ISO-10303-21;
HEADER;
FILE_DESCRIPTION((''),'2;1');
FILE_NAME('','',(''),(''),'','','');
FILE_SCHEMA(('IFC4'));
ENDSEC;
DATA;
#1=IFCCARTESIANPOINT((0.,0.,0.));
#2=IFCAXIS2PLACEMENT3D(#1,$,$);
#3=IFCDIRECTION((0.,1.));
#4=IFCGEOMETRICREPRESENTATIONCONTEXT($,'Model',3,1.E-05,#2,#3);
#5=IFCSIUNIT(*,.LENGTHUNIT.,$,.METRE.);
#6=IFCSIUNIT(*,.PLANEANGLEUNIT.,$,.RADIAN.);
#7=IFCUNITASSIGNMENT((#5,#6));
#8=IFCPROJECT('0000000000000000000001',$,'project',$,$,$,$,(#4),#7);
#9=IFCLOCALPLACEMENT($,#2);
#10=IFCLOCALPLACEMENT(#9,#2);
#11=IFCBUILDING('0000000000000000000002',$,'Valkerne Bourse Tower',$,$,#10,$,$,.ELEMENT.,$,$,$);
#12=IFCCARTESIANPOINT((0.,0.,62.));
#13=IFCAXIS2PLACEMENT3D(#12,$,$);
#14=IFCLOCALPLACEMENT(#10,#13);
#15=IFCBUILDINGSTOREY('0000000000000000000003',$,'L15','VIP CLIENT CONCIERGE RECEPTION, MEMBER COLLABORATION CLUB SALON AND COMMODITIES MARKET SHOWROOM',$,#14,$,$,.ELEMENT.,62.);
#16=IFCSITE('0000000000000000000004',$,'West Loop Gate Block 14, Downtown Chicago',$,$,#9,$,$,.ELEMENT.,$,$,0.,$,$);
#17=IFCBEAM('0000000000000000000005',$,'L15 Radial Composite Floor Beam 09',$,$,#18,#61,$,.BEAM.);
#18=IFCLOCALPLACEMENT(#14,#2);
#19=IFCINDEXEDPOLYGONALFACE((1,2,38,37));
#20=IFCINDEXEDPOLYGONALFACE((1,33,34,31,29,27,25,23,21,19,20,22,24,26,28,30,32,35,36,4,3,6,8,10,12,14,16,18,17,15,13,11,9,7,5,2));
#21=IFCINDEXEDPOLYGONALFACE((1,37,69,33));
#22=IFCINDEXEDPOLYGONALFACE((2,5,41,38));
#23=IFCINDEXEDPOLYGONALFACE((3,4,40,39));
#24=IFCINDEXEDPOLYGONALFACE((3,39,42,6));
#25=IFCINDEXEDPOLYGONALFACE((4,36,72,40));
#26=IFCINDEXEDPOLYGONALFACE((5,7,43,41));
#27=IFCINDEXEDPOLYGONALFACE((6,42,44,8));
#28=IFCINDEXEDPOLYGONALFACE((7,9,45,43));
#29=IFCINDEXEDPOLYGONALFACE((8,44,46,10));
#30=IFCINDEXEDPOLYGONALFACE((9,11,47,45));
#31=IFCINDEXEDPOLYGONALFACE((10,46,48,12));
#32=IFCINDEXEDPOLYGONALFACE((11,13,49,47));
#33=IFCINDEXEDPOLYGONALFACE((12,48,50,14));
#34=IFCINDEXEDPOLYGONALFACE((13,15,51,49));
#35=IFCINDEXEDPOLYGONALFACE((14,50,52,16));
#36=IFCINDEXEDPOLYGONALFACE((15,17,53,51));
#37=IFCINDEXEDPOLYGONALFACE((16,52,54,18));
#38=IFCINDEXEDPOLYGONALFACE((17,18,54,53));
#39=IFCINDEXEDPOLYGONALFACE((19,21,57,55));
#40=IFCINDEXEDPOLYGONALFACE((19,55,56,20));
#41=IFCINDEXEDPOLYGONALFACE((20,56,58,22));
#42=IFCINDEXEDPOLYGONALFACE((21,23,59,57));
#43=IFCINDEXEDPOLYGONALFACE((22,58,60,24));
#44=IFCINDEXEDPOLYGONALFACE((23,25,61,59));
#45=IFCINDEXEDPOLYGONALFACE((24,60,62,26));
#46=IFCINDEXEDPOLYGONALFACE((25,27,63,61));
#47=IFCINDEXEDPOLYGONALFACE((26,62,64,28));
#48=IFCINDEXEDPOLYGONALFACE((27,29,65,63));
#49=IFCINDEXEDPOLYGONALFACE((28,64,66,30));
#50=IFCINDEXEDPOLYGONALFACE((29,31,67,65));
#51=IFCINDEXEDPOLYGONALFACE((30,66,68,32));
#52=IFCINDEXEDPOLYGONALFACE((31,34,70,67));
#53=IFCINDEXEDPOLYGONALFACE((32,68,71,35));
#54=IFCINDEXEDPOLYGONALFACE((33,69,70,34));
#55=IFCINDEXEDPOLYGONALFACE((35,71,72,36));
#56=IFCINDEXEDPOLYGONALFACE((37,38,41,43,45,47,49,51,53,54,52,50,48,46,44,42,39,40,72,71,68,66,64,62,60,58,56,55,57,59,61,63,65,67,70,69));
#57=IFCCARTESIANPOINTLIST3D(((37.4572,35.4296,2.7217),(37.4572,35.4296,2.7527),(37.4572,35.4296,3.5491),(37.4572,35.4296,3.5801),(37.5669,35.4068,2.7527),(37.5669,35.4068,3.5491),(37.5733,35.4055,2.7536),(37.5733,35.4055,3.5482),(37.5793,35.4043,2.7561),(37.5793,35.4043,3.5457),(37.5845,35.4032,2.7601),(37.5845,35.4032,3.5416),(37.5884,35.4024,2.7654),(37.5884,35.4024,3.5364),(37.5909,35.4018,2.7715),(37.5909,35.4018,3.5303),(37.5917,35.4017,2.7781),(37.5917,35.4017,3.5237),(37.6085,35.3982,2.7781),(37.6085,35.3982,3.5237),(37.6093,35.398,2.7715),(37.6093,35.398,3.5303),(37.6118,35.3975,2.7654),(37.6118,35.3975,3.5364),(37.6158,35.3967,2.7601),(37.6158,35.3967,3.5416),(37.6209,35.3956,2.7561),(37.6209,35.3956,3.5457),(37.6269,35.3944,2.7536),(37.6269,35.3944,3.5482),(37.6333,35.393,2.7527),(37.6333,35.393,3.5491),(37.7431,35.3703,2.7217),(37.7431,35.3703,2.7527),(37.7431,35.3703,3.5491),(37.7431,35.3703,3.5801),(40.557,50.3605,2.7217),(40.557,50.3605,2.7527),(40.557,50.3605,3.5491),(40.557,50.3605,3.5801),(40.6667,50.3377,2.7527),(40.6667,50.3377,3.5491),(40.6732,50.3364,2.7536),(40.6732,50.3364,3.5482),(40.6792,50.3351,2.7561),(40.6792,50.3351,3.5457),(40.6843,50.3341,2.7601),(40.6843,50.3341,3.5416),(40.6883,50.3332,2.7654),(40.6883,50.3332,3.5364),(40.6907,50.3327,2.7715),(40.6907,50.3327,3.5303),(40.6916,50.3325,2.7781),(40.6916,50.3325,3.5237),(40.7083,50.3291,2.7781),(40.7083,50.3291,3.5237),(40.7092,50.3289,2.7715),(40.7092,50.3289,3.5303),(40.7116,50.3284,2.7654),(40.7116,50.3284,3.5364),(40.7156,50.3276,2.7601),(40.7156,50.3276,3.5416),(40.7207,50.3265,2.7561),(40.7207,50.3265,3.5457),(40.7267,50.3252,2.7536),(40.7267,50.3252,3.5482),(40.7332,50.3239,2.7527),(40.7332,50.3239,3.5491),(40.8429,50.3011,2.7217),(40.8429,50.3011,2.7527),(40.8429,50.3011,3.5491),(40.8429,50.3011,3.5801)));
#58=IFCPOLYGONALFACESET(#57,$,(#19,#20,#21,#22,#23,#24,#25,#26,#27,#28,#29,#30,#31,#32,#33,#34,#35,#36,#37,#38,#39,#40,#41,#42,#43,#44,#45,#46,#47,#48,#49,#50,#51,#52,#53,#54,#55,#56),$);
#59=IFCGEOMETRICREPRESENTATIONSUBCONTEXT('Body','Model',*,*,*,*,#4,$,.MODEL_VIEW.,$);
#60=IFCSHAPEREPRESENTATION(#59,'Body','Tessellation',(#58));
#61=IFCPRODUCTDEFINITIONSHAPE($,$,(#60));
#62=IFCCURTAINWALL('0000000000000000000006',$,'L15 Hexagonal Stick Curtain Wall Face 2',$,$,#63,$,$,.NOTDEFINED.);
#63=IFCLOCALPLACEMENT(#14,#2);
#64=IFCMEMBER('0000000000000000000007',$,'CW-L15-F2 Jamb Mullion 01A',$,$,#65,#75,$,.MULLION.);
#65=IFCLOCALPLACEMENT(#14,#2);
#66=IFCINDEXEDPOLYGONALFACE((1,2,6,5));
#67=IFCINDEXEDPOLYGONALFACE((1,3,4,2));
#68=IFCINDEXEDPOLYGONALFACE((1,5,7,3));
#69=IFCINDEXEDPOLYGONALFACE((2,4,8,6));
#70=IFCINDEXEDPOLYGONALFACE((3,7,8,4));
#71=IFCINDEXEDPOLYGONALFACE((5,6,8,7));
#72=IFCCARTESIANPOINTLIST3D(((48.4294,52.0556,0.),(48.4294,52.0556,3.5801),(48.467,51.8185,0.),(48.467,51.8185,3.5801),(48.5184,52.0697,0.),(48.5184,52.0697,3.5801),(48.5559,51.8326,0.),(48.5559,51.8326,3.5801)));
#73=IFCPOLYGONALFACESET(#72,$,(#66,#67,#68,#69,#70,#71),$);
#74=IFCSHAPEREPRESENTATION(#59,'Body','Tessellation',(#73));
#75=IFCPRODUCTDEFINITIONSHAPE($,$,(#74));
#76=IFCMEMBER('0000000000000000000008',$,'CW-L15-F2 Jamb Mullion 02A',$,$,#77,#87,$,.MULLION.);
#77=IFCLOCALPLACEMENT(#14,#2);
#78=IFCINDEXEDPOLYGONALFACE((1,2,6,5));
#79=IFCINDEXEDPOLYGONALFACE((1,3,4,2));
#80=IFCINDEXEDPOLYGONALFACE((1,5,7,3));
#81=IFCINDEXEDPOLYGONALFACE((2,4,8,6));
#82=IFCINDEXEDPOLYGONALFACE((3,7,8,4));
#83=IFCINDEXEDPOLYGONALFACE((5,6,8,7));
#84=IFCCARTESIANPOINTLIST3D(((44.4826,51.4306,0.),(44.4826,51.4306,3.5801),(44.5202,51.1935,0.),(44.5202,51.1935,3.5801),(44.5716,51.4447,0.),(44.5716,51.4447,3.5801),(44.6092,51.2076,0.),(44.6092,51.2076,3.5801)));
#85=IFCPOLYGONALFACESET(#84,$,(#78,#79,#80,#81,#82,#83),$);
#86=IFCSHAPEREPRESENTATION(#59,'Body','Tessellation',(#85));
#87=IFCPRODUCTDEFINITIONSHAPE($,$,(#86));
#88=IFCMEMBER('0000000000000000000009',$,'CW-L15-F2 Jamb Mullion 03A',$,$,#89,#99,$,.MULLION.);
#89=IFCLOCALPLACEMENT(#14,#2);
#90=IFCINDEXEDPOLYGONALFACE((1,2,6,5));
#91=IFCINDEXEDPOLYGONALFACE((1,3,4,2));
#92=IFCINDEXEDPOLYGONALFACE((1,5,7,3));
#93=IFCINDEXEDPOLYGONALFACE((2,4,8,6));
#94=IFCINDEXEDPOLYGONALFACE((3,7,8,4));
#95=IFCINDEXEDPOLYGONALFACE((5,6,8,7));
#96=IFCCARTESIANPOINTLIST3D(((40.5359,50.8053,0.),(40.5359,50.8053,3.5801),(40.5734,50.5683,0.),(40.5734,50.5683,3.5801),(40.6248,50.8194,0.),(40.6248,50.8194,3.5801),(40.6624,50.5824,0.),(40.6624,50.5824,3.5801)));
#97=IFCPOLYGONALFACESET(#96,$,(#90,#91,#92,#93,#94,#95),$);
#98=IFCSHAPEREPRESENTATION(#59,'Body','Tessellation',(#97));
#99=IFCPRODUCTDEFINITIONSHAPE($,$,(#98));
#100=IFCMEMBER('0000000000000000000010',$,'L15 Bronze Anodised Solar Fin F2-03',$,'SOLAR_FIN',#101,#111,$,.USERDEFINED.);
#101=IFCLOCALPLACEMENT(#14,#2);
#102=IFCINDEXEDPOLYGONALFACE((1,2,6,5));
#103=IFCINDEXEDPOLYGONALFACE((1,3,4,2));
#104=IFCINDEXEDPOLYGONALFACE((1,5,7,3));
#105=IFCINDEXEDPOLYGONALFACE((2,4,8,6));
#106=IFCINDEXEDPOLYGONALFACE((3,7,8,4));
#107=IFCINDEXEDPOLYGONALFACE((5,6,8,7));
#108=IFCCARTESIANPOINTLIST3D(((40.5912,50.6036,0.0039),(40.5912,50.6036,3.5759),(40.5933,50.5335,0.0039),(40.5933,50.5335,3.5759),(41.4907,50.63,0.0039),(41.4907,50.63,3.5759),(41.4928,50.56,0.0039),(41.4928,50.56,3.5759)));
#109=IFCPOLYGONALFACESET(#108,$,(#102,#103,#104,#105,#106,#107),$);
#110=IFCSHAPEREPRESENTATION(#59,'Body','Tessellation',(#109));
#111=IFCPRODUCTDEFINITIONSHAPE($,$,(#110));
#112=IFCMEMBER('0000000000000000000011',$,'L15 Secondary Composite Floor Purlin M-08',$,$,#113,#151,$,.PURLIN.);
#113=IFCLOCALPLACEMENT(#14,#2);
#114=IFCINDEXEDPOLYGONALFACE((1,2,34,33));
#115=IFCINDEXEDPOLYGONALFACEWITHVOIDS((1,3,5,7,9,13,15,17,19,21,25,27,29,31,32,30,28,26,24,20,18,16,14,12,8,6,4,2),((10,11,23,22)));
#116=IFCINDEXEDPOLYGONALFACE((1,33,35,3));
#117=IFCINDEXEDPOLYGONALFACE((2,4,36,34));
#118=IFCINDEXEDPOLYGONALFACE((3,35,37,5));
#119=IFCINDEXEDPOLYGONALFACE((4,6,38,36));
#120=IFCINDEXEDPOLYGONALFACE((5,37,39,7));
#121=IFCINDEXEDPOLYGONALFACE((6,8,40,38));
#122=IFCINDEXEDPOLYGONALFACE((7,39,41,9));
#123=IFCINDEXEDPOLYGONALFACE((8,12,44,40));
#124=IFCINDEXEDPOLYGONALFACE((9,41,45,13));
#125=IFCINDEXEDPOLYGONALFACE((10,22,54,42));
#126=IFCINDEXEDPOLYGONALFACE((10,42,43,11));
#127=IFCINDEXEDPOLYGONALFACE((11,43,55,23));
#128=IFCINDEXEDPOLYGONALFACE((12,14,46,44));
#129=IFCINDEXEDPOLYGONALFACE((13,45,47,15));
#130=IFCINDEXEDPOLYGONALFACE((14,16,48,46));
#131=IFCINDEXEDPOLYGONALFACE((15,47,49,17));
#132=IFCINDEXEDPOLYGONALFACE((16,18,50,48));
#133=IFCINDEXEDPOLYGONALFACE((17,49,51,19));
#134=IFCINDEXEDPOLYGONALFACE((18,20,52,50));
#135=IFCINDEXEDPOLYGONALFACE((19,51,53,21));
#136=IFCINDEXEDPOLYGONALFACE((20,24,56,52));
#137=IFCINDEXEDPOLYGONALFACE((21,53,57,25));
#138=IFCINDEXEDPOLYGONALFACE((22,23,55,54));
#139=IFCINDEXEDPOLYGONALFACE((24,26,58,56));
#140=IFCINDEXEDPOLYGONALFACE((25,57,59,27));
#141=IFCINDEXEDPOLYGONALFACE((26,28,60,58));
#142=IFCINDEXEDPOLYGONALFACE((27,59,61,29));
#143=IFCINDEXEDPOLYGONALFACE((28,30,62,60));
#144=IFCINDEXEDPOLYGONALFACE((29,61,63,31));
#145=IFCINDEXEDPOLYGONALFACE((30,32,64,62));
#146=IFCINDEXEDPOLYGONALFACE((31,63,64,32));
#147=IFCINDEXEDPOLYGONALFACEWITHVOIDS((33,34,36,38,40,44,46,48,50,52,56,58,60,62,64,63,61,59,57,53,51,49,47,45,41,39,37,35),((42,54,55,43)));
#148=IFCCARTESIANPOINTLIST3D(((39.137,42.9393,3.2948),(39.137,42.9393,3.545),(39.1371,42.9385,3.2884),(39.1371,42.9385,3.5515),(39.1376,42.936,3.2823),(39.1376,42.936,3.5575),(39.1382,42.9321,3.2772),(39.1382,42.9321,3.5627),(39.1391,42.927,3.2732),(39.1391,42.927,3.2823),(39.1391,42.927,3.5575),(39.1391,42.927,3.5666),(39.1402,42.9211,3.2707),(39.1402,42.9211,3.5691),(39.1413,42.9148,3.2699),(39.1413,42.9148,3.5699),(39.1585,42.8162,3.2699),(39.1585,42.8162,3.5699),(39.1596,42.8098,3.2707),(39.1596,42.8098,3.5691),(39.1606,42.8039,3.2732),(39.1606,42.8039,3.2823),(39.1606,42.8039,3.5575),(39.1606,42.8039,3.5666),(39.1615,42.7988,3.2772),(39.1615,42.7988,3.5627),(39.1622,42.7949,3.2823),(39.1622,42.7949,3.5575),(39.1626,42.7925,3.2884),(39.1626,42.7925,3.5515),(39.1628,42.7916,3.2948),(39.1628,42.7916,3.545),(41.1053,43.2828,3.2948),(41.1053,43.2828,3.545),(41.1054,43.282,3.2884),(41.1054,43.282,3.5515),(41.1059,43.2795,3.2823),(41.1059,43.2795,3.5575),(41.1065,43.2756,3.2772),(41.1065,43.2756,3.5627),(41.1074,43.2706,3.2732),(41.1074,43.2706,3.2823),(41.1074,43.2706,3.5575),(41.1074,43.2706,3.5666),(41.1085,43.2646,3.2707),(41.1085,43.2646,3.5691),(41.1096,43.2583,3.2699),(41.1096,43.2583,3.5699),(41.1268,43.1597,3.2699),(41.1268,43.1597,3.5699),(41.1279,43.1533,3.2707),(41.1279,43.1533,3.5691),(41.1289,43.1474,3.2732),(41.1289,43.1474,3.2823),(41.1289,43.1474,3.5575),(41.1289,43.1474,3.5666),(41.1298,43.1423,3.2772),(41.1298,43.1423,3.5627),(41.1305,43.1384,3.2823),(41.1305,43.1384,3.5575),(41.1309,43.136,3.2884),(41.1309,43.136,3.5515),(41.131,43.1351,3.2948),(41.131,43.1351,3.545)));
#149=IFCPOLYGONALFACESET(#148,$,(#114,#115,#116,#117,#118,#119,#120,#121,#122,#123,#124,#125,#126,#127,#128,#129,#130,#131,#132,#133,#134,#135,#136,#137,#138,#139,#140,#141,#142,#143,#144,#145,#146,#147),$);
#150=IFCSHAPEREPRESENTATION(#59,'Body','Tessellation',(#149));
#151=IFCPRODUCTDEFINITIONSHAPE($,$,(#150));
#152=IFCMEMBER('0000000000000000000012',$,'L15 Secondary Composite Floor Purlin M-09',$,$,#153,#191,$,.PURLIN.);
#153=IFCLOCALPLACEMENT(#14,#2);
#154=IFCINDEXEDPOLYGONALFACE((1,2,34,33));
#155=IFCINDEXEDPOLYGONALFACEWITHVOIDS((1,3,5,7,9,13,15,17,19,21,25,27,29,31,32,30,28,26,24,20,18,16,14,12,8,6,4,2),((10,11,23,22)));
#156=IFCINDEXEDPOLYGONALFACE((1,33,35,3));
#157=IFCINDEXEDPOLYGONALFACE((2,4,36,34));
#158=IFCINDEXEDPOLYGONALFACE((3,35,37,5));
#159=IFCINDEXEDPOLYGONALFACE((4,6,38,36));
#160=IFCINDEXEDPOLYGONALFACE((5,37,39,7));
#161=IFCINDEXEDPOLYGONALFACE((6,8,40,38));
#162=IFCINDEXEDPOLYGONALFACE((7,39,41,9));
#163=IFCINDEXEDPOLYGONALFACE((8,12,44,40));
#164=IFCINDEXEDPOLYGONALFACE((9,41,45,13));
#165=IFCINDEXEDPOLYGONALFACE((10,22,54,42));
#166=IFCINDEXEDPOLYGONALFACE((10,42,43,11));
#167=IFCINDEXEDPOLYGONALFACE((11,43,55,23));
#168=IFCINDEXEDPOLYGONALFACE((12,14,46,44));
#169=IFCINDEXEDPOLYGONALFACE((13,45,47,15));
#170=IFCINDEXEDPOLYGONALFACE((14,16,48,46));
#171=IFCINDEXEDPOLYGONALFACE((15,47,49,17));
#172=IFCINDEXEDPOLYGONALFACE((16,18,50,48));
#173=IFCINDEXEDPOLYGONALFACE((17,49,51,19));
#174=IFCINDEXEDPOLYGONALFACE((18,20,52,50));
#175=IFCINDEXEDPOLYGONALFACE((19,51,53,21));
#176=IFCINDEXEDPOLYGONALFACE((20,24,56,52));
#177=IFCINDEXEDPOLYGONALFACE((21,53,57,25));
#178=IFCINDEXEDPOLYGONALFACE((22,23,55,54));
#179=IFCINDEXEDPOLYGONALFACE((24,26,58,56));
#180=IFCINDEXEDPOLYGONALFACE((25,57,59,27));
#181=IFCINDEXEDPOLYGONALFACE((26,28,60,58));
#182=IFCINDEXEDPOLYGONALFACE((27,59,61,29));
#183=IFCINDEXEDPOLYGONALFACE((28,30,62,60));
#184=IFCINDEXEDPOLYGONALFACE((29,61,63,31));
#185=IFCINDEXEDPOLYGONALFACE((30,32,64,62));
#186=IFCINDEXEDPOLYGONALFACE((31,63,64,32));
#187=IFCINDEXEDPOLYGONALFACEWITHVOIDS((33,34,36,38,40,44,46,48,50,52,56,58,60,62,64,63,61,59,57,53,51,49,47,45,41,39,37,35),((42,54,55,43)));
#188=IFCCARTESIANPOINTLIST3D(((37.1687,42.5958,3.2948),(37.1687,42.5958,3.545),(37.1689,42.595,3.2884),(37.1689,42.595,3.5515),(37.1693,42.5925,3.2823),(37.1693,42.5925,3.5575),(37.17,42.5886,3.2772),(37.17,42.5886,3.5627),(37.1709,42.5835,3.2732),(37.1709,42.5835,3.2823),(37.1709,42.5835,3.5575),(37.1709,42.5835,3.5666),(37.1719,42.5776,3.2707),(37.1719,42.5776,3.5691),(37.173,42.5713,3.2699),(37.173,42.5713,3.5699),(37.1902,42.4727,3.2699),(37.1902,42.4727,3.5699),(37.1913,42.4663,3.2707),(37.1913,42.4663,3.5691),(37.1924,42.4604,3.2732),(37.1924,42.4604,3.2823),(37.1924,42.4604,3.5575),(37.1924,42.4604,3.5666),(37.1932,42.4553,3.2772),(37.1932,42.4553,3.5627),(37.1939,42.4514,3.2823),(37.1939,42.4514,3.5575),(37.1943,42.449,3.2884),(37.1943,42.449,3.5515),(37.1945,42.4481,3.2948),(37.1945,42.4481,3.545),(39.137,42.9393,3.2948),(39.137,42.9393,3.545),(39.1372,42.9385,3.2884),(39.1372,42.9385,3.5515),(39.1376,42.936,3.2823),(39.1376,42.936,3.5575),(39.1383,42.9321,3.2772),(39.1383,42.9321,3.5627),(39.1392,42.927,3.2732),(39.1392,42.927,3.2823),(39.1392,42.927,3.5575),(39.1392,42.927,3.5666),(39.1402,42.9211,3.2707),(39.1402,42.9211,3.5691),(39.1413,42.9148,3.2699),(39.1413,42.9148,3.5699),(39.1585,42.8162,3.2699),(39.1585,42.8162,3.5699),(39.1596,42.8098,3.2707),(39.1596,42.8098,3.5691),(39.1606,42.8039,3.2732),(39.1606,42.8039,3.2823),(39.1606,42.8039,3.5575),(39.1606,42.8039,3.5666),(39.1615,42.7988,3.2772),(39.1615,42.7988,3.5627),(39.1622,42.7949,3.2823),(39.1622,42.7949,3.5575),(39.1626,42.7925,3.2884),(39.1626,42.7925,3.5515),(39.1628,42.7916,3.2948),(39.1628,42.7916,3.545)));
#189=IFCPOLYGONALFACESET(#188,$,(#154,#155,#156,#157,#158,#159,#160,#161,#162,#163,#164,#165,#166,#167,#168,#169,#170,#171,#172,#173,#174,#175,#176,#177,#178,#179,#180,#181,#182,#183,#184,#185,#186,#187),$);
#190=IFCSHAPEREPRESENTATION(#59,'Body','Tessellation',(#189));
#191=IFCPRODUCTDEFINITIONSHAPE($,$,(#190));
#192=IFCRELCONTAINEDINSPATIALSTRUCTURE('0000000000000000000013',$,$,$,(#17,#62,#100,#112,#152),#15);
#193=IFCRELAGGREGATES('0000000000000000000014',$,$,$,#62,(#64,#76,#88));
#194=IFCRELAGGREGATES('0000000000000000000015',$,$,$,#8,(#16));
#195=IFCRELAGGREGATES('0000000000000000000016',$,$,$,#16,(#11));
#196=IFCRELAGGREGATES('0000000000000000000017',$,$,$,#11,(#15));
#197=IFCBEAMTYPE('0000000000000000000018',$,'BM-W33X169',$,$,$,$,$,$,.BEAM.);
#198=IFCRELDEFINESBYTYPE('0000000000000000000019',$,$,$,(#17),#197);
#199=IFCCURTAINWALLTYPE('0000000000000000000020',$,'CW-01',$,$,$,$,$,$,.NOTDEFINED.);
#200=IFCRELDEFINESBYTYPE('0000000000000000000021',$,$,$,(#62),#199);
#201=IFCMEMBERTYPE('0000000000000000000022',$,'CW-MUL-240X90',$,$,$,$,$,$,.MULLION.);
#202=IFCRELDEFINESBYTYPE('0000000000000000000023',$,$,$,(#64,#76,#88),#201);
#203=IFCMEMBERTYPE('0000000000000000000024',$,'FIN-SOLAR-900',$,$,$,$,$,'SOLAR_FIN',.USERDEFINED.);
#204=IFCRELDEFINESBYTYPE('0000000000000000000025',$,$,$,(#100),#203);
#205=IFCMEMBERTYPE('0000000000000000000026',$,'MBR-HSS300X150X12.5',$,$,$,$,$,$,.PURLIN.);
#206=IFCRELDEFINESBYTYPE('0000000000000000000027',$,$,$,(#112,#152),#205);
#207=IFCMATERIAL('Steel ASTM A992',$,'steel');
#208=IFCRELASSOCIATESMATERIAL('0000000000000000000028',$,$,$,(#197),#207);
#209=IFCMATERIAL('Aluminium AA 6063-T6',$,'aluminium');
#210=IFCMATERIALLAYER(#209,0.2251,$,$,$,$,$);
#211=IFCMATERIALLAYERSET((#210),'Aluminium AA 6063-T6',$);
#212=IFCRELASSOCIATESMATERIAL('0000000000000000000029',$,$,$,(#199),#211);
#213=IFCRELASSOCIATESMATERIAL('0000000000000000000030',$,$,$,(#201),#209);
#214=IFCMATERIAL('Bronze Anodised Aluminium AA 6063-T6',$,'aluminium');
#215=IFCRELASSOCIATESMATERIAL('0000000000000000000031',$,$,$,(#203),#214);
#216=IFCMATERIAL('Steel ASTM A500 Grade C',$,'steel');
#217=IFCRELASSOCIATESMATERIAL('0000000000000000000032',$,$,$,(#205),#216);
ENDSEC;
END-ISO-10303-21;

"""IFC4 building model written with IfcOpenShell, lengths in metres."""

from ifc_helpers import new_model, si_unit, direction, frame, origin, origin_2d, place, context, subcontext, project, spatial, rectangle, hollow_rectangle, i_section, extrude, material, layer, layer_set, material_profile, profile_set, type_object, element, aggregate, save


model = new_model("IFC4")

# Units and contexts
model_context = context("Model", 3, precision=1e-05, world=origin(), true_north=direction((0.0, 1.0)))
body_context = subcontext(model_context, "Body", "Model", "MODEL_VIEW")
ifc_project = project(units=[si_unit("LENGTHUNIT", "METRE"), si_unit("PLANEANGLEUNIT", "RADIAN")], contexts=[model_context])

# Site, building, storey
site_placement = place(None, origin())
site = spatial("IfcSite", under=ifc_project, at=site_placement, Name="West Loop Gate Block 14, Downtown Chicago", CompositionType="ELEMENT", RefElevation=0.0)
building_placement = place(site_placement, origin())
building = spatial("IfcBuilding", under=site, at=building_placement, Name="Valkerne Bourse Tower", CompositionType="ELEMENT")
storey_placement = place(building_placement, frame((0.0, 0.0, 62.0)))
storey = spatial("IfcBuildingStorey", under=building, at=storey_placement, Name="L15", Description="VIP CLIENT CONCIERGE RECEPTION, MEMBER COLLABORATION CLUB SALON AND COMMODITIES MARKET SHOWROOM", CompositionType="ELEMENT", Elevation=62.0)

# Beam
ifc_material_1 = material(Name="Steel ASTM A992", Category="steel")
ifc_material_profile_1 = material_profile(ifc_material_1, i_section(OverallWidth=0.292, OverallDepth=0.8584, WebThickness=0.0171, FlangeThickness=0.031, FilletRadius=0.0254, at=origin_2d()), Name="W33X169")
ifc_profile_set_1 = profile_set([ifc_material_profile_1], Name="Steel ASTM A992")
beam_type_1 = type_object("IfcBeamType", Name="BM-W33X169", PredefinedType="BEAM", material=ifc_profile_set_1)
beam_1_placement = place(storey_placement, frame((40.7, 50.3308, 3.1509), z_axis=(-0.203278, -0.979121, 0.0), x_axis=(0.979121, -0.203278, 0.0)))
element("IfcBeam", 1, at=beam_1_placement, inside=storey, type_object=beam_type_1, Name="L15 Radial Composite Floor Beam 09", PredefinedType="BEAM", context=body_context, shape_type="SweptSolid", body=[
    extrude(i_section(OverallWidth=0.292, OverallDepth=0.8584, WebThickness=0.0171, FlangeThickness=0.031, FilletRadius=0.0254, at=origin_2d()), origin(), (0.0, 0.0, 1.0), 15.2493),
])

# Curtain wall, members
ifc_material_2 = material(Name="Aluminium AA 6063-T6", Category="aluminium")
ifc_layer_1 = layer(ifc_material_2, 0.2251)
ifc_layer_set_1 = layer_set([ifc_layer_1], Name="Aluminium AA 6063-T6")
curtain_wall_type = type_object("IfcCurtainWallType", Name="CW-01", PredefinedType="NOTDEFINED", material=ifc_layer_set_1)
curtain_wall_placement = place(storey_placement, origin())
curtain_wall = element("IfcCurtainWall", 2, at=curtain_wall_placement, inside=storey, type_object=curtain_wall_type, Name="L15 Hexagonal Stick Curtain Wall Face 2", PredefinedType="NOTDEFINED")
ifc_material_profile_2 = material_profile(ifc_material_2, rectangle(XDim=0.0901, YDim=0.24, at=origin_2d()), Name="CWM-90X240")
ifc_profile_set_2 = profile_set([ifc_material_profile_2], Name="Aluminium AA 6063-T6")
member_type_1 = type_object("IfcMemberType", Name="CW-MUL-240X90", PredefinedType="MULLION", material=ifc_profile_set_2)
member_1_placement = place(storey_placement, frame((48.4927, 51.9441, 0.0), z_axis=(0.0, 0.0, 1.0), x_axis=(-0.987689, -0.156432, 0.0)))
member_1 = element("IfcMember", 3, at=member_1_placement, type_object=member_type_1, Name="CW-L15-F2 Jamb Mullion 01A", PredefinedType="MULLION", context=body_context, shape_type="SweptSolid", body=[
    extrude(rectangle(XDim=0.0901, YDim=0.24, at=origin_2d()), origin(), (0.0, 0.0, 1.0), 3.5801),
])
member_2_placement = place(storey_placement, frame((44.5459, 51.3191, 0.0), z_axis=(0.0, 0.0, 1.0), x_axis=(-0.987689, -0.156432, 0.0)))
member_2 = element("IfcMember", 4, at=member_2_placement, type_object=member_type_1, Name="CW-L15-F2 Jamb Mullion 02A", PredefinedType="MULLION", context=body_context, shape_type="SweptSolid", body=[
    extrude(rectangle(XDim=0.0901, YDim=0.24, at=origin_2d()), origin(), (0.0, 0.0, 1.0), 3.5801),
])
member_3_placement = place(storey_placement, frame((40.5991, 50.6938, 0.0), z_axis=(0.0, 0.0, 1.0), x_axis=(-0.987689, -0.156432, 0.0)))
member_3 = element("IfcMember", 5, at=member_3_placement, type_object=member_type_1, Name="CW-L15-F2 Jamb Mullion 03A", PredefinedType="MULLION", context=body_context, shape_type="SweptSolid", body=[
    extrude(rectangle(XDim=0.0901, YDim=0.24, at=origin_2d()), origin(), (0.0, 0.0, 1.0), 3.5801),
])

# Members
ifc_material_3 = material(Name="Bronze Anodised Aluminium AA 6063-T6", Category="aluminium")
ifc_material_profile_3 = material_profile(ifc_material_3, rectangle(XDim=0.0701, YDim=0.8999, at=origin_2d()), Name="FIN-70X900")
ifc_profile_set_3 = profile_set([ifc_material_profile_3], Name="Bronze Anodised Aluminium AA 6063-T6")
member_type_2 = type_object("IfcMemberType", Name="FIN-SOLAR-900", ElementType="SOLAR_FIN", PredefinedType="USERDEFINED", material=ifc_profile_set_3)
member_4_placement = place(storey_placement, frame((41.042, 50.5818, 0.0039), z_axis=(0.0, 0.0, 1.0), x_axis=(-0.029403, 0.999568, 0.0)))
element("IfcMember", 6, at=member_4_placement, inside=storey, type_object=member_type_2, Name="L15 Bronze Anodised Solar Fin F2-03", ObjectType="SOLAR_FIN", PredefinedType="USERDEFINED", context=body_context, shape_type="SweptSolid", body=[
    extrude(rectangle(XDim=0.0701, YDim=0.8999, at=origin_2d()), origin(), (0.0, 0.0, 1.0), 3.572),
])
ifc_material_4 = material(Name="Steel ASTM A500 Grade C", Category="steel")
ifc_material_profile_4 = material_profile(ifc_material_4, hollow_rectangle(XDim=0.1499, YDim=0.3, WallThickness=0.0125, OuterFilletRadius=0.0249, at=origin_2d()), Name="HSS300X150X12.5")
ifc_profile_set_4 = profile_set([ifc_material_profile_4], Name="Steel ASTM A500 Grade C")
member_type_3 = type_object("IfcMemberType", Name="MBR-HSS300X150X12.5", PredefinedType="PURLIN", material=ifc_profile_set_4)
for number, where, z_axis, x_axis, name in (
    (7, (41.1182, 43.209, 3.4199), (-0.98511, -0.171924, 0.0), (0.171924, -0.98511, 0.0), "L15 Secondary Composite Floor Purlin M-08"),
    (8, (39.1499, 42.8655, 3.4199), (-0.98511, -0.171924, 0.0), (0.171924, -0.98511, 0.0), "L15 Secondary Composite Floor Purlin M-09"),
):
    element("IfcMember", number, at=place(storey_placement, frame(where, z_axis=z_axis, x_axis=x_axis)), inside=storey, type_object=member_type_3, Name=name, PredefinedType="PURLIN", context=body_context, shape_type="SweptSolid", body=[
        extrude(hollow_rectangle(XDim=0.1499, YDim=0.3, WallThickness=0.0125, OuterFilletRadius=0.0249, at=origin_2d()), origin(), (0.0, 0.0, 1.0), 1.998),
    ])

aggregate(curtain_wall, [member_1, member_2, member_3])

save(model, "model.ifc")
